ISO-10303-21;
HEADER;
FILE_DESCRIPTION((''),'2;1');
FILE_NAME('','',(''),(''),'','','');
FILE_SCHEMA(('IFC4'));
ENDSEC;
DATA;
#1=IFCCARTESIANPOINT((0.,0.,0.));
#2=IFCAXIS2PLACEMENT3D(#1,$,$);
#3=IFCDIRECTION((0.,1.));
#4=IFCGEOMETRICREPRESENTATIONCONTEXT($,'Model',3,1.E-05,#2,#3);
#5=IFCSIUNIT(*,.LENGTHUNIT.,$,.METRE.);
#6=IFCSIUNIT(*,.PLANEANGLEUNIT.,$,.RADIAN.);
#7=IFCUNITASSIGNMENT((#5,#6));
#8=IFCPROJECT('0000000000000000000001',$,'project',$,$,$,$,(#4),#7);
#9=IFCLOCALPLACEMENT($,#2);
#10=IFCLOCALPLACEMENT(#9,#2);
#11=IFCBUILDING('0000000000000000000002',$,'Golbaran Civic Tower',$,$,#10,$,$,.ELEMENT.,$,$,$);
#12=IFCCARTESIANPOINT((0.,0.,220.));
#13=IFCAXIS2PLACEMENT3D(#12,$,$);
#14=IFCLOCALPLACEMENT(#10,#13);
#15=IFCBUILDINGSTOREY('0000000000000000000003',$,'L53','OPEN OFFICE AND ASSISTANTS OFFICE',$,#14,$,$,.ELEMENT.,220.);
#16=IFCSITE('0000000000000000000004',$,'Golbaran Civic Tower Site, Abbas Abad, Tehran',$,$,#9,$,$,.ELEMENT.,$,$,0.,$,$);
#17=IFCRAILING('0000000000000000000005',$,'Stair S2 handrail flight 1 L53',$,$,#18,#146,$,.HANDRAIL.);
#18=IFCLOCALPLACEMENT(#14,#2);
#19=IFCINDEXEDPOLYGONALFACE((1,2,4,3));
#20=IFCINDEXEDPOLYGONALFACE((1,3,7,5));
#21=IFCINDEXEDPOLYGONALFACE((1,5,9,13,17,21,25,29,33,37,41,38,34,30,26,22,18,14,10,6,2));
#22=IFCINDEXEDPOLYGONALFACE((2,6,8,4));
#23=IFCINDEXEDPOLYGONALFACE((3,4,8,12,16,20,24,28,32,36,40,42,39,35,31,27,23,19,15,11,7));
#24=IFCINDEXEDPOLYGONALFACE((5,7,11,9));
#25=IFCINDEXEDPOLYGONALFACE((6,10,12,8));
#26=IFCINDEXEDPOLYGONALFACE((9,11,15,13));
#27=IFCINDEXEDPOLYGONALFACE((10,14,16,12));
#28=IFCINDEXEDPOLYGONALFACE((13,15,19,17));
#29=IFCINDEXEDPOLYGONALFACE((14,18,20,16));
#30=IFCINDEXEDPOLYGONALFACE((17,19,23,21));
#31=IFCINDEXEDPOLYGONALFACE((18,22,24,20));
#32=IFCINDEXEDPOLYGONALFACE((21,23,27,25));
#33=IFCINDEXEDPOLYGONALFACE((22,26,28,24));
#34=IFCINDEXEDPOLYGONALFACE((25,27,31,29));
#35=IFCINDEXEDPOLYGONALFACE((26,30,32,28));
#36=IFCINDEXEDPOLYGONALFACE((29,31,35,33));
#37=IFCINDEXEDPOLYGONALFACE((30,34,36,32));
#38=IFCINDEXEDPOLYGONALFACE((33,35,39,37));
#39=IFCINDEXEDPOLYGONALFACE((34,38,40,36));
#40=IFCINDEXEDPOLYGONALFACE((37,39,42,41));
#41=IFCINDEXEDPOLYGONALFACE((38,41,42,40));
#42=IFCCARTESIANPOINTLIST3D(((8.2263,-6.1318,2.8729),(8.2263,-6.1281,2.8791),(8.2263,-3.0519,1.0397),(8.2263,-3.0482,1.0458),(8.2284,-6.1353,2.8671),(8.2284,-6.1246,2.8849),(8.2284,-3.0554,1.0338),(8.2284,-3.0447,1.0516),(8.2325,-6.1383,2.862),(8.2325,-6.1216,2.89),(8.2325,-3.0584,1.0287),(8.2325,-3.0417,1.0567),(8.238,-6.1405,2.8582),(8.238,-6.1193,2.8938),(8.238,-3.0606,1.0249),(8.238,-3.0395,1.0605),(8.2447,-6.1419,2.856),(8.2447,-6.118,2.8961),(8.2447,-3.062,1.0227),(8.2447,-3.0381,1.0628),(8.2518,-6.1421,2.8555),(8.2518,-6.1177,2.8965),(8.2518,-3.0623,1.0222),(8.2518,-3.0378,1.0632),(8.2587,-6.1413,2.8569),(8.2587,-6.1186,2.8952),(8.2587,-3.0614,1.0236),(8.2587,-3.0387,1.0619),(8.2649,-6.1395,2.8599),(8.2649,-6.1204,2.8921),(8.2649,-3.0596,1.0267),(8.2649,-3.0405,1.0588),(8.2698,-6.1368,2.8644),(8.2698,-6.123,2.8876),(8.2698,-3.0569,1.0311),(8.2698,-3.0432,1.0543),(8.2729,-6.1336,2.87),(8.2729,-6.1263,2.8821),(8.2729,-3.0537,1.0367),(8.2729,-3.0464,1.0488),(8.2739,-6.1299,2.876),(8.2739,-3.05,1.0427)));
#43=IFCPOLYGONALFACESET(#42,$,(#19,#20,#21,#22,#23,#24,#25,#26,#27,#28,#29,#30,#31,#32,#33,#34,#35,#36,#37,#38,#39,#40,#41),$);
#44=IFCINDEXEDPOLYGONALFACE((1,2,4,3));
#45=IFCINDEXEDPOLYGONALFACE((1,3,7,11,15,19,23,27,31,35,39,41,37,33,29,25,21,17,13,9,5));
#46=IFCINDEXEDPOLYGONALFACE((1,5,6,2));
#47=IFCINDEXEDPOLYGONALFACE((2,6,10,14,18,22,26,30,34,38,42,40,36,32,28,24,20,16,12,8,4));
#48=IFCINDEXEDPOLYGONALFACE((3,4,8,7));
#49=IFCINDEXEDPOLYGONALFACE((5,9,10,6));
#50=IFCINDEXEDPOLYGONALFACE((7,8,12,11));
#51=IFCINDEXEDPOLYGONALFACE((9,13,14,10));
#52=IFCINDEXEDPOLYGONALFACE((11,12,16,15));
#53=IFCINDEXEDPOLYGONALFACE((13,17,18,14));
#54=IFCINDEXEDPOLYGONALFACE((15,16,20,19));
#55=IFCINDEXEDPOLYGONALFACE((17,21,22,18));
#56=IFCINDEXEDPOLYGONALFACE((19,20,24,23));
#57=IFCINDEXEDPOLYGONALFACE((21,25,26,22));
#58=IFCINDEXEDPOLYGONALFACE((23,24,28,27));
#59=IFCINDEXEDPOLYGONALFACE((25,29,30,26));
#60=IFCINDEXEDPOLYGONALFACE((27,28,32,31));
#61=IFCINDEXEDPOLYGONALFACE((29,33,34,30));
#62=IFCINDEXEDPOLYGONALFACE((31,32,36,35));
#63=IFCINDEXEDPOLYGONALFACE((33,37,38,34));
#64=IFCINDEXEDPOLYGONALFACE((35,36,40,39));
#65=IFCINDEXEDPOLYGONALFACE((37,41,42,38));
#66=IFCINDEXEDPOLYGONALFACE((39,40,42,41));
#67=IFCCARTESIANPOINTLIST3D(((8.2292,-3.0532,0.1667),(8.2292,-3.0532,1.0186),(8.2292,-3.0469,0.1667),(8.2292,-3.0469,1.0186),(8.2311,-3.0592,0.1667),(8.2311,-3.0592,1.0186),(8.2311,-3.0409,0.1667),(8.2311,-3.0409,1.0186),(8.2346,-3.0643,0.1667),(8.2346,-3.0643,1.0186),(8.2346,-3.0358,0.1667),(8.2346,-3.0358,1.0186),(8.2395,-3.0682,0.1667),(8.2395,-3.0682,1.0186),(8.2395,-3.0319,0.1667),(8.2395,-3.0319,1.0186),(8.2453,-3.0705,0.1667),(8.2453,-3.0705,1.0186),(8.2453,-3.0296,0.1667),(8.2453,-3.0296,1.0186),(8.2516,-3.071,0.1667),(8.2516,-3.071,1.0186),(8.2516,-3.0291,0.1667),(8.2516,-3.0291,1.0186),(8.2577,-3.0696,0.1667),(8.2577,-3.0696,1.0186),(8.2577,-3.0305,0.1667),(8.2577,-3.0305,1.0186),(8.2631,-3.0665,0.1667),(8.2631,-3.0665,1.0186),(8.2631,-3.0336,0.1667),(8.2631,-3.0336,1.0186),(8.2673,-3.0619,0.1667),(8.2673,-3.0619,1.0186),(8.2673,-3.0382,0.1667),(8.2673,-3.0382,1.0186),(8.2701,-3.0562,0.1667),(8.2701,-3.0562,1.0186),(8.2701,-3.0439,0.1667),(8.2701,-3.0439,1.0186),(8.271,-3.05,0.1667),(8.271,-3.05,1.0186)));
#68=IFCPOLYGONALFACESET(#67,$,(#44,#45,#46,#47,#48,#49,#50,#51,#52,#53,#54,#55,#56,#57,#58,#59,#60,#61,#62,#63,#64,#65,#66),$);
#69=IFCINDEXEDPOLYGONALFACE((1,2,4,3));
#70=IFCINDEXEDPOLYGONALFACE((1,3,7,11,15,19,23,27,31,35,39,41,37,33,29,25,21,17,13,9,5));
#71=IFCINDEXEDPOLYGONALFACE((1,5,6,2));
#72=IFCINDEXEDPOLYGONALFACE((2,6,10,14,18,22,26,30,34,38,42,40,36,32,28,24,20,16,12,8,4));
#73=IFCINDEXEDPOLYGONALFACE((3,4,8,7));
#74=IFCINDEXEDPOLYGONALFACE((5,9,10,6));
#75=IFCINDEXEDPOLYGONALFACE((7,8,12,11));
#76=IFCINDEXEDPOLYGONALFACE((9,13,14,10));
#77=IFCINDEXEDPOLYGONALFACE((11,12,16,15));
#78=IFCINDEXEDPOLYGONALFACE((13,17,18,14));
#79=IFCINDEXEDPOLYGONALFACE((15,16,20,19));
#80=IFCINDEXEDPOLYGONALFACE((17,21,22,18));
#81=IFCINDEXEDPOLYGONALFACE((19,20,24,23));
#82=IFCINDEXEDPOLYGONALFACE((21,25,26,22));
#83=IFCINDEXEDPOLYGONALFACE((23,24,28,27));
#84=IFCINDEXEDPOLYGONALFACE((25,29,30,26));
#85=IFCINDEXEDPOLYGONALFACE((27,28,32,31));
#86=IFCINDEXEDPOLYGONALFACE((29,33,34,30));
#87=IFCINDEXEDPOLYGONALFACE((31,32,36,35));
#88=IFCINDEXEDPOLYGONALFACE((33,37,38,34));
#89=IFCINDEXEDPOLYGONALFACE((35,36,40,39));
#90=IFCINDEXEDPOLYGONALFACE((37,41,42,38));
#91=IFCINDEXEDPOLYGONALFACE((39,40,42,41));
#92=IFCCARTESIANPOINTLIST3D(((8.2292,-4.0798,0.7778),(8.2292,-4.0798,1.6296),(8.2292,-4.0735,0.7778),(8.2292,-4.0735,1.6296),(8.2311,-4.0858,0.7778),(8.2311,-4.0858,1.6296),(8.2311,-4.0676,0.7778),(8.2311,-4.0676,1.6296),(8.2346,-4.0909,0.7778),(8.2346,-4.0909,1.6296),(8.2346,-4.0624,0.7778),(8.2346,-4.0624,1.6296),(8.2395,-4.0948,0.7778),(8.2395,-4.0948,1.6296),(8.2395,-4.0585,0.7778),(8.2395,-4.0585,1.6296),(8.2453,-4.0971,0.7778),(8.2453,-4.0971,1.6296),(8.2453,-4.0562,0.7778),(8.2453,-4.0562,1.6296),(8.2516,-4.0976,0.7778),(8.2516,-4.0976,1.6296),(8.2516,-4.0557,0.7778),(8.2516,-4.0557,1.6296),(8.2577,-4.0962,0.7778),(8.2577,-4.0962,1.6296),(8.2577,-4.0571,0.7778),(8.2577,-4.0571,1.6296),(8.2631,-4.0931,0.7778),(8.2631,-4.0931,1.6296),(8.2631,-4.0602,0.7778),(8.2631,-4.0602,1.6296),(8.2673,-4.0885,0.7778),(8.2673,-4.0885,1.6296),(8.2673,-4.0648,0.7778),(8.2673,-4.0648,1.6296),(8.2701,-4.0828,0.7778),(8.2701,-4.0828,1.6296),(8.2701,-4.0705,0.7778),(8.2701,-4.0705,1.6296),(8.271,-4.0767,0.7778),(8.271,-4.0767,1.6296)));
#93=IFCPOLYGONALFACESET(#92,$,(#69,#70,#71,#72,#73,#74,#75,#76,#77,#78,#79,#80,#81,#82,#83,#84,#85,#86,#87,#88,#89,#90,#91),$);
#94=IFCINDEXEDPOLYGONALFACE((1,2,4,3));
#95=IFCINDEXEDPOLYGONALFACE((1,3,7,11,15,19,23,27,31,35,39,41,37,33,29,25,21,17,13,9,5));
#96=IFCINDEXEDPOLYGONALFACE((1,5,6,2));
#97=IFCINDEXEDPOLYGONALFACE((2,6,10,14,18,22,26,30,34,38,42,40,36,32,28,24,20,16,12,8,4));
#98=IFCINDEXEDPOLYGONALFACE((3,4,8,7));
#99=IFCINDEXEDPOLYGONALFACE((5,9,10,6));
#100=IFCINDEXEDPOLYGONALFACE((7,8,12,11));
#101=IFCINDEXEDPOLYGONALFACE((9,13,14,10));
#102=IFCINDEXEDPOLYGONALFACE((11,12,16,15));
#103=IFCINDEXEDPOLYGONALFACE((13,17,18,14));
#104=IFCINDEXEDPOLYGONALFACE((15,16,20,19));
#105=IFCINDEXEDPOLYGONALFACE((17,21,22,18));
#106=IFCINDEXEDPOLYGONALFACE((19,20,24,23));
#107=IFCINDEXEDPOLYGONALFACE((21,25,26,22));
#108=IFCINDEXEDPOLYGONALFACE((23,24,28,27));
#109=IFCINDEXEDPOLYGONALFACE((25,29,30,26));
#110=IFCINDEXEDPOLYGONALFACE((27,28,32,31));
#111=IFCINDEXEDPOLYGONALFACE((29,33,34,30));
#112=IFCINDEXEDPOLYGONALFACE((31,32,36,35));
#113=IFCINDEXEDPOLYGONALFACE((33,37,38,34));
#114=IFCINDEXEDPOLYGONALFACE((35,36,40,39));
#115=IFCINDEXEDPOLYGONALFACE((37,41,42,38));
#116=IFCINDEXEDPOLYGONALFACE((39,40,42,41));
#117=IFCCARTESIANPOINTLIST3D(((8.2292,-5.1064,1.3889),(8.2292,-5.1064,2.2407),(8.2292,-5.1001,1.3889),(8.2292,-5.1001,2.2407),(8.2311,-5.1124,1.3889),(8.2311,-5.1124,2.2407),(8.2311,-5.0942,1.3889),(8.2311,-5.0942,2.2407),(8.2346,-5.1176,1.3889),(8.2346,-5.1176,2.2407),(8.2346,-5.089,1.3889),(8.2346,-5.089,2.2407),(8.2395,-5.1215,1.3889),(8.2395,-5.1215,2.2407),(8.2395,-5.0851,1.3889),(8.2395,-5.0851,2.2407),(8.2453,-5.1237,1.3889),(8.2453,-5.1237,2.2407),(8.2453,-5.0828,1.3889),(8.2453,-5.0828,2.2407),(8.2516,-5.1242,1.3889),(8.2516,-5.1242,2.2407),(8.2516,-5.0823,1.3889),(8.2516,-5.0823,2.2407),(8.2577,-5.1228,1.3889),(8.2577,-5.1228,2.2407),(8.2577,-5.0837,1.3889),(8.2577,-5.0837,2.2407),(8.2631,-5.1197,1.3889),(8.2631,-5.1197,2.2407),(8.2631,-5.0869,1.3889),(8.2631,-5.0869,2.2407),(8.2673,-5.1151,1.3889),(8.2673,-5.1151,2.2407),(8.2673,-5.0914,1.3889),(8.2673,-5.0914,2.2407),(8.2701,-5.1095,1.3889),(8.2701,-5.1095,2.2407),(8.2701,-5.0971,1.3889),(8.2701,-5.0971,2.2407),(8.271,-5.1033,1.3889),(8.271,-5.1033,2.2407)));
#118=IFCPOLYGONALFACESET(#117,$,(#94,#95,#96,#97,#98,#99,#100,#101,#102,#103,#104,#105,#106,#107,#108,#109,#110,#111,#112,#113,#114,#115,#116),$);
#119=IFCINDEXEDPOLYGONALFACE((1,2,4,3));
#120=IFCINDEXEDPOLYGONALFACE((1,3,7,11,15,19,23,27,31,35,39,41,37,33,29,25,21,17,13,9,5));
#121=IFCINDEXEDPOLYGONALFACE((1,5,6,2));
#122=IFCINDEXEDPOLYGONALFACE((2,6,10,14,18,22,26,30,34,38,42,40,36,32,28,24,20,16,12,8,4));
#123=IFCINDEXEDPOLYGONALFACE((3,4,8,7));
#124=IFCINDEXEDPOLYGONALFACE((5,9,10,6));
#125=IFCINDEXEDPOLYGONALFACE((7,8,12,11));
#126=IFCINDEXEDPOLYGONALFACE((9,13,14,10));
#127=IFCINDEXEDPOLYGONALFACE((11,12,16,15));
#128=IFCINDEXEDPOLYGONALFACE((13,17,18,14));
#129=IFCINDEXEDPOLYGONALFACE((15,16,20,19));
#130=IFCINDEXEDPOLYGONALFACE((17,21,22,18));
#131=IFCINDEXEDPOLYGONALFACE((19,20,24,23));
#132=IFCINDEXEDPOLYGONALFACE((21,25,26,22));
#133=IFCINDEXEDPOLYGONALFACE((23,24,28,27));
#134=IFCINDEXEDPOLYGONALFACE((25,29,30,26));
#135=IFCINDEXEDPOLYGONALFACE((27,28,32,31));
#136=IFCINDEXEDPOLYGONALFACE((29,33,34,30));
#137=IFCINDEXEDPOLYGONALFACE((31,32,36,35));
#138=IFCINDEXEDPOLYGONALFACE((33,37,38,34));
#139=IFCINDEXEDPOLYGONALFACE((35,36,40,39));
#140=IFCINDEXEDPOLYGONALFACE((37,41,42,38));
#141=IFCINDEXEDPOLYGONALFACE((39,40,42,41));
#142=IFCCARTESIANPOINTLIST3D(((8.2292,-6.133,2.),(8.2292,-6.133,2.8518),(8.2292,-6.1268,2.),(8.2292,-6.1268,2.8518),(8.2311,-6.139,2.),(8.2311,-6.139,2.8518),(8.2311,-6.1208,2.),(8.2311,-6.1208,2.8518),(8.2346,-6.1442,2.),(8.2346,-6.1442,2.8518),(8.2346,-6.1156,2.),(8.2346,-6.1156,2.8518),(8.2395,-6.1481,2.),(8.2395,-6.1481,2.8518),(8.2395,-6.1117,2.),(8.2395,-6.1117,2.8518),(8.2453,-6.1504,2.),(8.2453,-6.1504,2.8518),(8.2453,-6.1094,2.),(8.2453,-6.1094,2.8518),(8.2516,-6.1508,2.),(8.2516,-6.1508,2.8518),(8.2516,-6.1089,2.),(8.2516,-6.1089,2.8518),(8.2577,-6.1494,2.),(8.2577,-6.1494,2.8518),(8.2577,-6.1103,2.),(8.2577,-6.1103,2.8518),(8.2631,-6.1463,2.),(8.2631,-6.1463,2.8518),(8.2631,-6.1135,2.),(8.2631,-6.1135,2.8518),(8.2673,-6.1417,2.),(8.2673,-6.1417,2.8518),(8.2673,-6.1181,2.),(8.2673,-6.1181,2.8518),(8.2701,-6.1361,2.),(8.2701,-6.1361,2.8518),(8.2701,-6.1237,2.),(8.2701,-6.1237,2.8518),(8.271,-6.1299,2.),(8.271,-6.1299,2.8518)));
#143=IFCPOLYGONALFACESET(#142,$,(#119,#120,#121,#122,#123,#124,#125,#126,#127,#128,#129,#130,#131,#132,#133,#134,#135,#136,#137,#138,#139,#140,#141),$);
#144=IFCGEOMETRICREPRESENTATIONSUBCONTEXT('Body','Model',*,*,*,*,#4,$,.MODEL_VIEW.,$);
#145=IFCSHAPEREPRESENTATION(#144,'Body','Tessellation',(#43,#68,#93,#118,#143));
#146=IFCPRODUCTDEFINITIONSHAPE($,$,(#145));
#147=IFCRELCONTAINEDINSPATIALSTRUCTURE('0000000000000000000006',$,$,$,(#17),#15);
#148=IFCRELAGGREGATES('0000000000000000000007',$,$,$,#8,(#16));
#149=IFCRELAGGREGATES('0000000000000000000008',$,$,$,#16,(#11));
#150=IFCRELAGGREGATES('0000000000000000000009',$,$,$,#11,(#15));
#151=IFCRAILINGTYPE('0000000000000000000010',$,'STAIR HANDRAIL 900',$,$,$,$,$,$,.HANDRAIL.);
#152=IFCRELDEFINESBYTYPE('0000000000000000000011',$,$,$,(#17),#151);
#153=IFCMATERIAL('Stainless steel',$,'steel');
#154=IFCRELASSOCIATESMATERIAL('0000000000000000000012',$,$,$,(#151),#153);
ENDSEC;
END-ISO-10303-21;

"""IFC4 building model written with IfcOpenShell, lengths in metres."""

from ifc_helpers import new_model, si_unit, direction, frame, origin, origin_2d, place, context, subcontext, project, spatial, circle, extrude, material, type_object, element, save


model = new_model("IFC4")

# Units and contexts
model_context = context("Model", 3, precision=1e-05, world=origin(), true_north=direction((0.0, 1.0)))
body_context = subcontext(model_context, "Body", "Model", "MODEL_VIEW")
ifc_project = project(units=[si_unit("LENGTHUNIT", "METRE"), si_unit("PLANEANGLEUNIT", "RADIAN")], contexts=[model_context])

# Site, building, storey
site_placement = place(None, origin())
site = spatial("IfcSite", under=ifc_project, at=site_placement, Name="Golbaran Civic Tower Site, Abbas Abad, Tehran", CompositionType="ELEMENT", RefElevation=0.0)
building_placement = place(site_placement, origin())
building = spatial("IfcBuilding", under=site, at=building_placement, Name="Golbaran Civic Tower", CompositionType="ELEMENT")
storey_placement = place(building_placement, frame((0.0, 0.0, 220.0)))
storey = spatial("IfcBuildingStorey", under=building, at=storey_placement, Name="L53", Description="OPEN OFFICE AND ASSISTANTS OFFICE", CompositionType="ELEMENT", Elevation=220.0)

# Railing
ifc_material_1 = material(Name="Stainless steel", Category="steel")
railing_type = type_object("IfcRailingType", Name="STAIR HANDRAIL 900", PredefinedType="HANDRAIL", material=ifc_material_1)
railing_1_placement = place(storey_placement, frame((8.25, -3.05, 0.1667)))
element("IfcRailing", 1, at=railing_1_placement, inside=storey, type_object=railing_type, Name="Stair S2 handrail flight 1 L53", PredefinedType="HANDRAIL", context=body_context, shape_type="SweptSolid", body=[
    extrude(circle(Radius=0.0239, at=origin_2d()), frame((0.0, 0.0, 0.876), z_axis=(0.0, -0.859291, 0.511487), x_axis=(1.0, 0.0, 0.0)), (0.0, 0.0, 1.0), 3.5842),
    extrude(circle(Radius=0.021, at=origin_2d()), origin(), (0.0, 0.0, 1.0), 0.8518),
    extrude(circle(Radius=0.021, at=origin_2d()), frame((0.0, -1.0266, 0.6111)), (0.0, 0.0, 1.0), 0.8518),
    extrude(circle(Radius=0.021, at=origin_2d()), frame((0.0, -2.0532, 1.2222)), (0.0, 0.0, 1.0), 0.8518),
    extrude(circle(Radius=0.021, at=origin_2d()), frame((0.0, -3.0798, 1.8333)), (0.0, 0.0, 1.0), 0.8518),
])

save(model, "model.ifc")
